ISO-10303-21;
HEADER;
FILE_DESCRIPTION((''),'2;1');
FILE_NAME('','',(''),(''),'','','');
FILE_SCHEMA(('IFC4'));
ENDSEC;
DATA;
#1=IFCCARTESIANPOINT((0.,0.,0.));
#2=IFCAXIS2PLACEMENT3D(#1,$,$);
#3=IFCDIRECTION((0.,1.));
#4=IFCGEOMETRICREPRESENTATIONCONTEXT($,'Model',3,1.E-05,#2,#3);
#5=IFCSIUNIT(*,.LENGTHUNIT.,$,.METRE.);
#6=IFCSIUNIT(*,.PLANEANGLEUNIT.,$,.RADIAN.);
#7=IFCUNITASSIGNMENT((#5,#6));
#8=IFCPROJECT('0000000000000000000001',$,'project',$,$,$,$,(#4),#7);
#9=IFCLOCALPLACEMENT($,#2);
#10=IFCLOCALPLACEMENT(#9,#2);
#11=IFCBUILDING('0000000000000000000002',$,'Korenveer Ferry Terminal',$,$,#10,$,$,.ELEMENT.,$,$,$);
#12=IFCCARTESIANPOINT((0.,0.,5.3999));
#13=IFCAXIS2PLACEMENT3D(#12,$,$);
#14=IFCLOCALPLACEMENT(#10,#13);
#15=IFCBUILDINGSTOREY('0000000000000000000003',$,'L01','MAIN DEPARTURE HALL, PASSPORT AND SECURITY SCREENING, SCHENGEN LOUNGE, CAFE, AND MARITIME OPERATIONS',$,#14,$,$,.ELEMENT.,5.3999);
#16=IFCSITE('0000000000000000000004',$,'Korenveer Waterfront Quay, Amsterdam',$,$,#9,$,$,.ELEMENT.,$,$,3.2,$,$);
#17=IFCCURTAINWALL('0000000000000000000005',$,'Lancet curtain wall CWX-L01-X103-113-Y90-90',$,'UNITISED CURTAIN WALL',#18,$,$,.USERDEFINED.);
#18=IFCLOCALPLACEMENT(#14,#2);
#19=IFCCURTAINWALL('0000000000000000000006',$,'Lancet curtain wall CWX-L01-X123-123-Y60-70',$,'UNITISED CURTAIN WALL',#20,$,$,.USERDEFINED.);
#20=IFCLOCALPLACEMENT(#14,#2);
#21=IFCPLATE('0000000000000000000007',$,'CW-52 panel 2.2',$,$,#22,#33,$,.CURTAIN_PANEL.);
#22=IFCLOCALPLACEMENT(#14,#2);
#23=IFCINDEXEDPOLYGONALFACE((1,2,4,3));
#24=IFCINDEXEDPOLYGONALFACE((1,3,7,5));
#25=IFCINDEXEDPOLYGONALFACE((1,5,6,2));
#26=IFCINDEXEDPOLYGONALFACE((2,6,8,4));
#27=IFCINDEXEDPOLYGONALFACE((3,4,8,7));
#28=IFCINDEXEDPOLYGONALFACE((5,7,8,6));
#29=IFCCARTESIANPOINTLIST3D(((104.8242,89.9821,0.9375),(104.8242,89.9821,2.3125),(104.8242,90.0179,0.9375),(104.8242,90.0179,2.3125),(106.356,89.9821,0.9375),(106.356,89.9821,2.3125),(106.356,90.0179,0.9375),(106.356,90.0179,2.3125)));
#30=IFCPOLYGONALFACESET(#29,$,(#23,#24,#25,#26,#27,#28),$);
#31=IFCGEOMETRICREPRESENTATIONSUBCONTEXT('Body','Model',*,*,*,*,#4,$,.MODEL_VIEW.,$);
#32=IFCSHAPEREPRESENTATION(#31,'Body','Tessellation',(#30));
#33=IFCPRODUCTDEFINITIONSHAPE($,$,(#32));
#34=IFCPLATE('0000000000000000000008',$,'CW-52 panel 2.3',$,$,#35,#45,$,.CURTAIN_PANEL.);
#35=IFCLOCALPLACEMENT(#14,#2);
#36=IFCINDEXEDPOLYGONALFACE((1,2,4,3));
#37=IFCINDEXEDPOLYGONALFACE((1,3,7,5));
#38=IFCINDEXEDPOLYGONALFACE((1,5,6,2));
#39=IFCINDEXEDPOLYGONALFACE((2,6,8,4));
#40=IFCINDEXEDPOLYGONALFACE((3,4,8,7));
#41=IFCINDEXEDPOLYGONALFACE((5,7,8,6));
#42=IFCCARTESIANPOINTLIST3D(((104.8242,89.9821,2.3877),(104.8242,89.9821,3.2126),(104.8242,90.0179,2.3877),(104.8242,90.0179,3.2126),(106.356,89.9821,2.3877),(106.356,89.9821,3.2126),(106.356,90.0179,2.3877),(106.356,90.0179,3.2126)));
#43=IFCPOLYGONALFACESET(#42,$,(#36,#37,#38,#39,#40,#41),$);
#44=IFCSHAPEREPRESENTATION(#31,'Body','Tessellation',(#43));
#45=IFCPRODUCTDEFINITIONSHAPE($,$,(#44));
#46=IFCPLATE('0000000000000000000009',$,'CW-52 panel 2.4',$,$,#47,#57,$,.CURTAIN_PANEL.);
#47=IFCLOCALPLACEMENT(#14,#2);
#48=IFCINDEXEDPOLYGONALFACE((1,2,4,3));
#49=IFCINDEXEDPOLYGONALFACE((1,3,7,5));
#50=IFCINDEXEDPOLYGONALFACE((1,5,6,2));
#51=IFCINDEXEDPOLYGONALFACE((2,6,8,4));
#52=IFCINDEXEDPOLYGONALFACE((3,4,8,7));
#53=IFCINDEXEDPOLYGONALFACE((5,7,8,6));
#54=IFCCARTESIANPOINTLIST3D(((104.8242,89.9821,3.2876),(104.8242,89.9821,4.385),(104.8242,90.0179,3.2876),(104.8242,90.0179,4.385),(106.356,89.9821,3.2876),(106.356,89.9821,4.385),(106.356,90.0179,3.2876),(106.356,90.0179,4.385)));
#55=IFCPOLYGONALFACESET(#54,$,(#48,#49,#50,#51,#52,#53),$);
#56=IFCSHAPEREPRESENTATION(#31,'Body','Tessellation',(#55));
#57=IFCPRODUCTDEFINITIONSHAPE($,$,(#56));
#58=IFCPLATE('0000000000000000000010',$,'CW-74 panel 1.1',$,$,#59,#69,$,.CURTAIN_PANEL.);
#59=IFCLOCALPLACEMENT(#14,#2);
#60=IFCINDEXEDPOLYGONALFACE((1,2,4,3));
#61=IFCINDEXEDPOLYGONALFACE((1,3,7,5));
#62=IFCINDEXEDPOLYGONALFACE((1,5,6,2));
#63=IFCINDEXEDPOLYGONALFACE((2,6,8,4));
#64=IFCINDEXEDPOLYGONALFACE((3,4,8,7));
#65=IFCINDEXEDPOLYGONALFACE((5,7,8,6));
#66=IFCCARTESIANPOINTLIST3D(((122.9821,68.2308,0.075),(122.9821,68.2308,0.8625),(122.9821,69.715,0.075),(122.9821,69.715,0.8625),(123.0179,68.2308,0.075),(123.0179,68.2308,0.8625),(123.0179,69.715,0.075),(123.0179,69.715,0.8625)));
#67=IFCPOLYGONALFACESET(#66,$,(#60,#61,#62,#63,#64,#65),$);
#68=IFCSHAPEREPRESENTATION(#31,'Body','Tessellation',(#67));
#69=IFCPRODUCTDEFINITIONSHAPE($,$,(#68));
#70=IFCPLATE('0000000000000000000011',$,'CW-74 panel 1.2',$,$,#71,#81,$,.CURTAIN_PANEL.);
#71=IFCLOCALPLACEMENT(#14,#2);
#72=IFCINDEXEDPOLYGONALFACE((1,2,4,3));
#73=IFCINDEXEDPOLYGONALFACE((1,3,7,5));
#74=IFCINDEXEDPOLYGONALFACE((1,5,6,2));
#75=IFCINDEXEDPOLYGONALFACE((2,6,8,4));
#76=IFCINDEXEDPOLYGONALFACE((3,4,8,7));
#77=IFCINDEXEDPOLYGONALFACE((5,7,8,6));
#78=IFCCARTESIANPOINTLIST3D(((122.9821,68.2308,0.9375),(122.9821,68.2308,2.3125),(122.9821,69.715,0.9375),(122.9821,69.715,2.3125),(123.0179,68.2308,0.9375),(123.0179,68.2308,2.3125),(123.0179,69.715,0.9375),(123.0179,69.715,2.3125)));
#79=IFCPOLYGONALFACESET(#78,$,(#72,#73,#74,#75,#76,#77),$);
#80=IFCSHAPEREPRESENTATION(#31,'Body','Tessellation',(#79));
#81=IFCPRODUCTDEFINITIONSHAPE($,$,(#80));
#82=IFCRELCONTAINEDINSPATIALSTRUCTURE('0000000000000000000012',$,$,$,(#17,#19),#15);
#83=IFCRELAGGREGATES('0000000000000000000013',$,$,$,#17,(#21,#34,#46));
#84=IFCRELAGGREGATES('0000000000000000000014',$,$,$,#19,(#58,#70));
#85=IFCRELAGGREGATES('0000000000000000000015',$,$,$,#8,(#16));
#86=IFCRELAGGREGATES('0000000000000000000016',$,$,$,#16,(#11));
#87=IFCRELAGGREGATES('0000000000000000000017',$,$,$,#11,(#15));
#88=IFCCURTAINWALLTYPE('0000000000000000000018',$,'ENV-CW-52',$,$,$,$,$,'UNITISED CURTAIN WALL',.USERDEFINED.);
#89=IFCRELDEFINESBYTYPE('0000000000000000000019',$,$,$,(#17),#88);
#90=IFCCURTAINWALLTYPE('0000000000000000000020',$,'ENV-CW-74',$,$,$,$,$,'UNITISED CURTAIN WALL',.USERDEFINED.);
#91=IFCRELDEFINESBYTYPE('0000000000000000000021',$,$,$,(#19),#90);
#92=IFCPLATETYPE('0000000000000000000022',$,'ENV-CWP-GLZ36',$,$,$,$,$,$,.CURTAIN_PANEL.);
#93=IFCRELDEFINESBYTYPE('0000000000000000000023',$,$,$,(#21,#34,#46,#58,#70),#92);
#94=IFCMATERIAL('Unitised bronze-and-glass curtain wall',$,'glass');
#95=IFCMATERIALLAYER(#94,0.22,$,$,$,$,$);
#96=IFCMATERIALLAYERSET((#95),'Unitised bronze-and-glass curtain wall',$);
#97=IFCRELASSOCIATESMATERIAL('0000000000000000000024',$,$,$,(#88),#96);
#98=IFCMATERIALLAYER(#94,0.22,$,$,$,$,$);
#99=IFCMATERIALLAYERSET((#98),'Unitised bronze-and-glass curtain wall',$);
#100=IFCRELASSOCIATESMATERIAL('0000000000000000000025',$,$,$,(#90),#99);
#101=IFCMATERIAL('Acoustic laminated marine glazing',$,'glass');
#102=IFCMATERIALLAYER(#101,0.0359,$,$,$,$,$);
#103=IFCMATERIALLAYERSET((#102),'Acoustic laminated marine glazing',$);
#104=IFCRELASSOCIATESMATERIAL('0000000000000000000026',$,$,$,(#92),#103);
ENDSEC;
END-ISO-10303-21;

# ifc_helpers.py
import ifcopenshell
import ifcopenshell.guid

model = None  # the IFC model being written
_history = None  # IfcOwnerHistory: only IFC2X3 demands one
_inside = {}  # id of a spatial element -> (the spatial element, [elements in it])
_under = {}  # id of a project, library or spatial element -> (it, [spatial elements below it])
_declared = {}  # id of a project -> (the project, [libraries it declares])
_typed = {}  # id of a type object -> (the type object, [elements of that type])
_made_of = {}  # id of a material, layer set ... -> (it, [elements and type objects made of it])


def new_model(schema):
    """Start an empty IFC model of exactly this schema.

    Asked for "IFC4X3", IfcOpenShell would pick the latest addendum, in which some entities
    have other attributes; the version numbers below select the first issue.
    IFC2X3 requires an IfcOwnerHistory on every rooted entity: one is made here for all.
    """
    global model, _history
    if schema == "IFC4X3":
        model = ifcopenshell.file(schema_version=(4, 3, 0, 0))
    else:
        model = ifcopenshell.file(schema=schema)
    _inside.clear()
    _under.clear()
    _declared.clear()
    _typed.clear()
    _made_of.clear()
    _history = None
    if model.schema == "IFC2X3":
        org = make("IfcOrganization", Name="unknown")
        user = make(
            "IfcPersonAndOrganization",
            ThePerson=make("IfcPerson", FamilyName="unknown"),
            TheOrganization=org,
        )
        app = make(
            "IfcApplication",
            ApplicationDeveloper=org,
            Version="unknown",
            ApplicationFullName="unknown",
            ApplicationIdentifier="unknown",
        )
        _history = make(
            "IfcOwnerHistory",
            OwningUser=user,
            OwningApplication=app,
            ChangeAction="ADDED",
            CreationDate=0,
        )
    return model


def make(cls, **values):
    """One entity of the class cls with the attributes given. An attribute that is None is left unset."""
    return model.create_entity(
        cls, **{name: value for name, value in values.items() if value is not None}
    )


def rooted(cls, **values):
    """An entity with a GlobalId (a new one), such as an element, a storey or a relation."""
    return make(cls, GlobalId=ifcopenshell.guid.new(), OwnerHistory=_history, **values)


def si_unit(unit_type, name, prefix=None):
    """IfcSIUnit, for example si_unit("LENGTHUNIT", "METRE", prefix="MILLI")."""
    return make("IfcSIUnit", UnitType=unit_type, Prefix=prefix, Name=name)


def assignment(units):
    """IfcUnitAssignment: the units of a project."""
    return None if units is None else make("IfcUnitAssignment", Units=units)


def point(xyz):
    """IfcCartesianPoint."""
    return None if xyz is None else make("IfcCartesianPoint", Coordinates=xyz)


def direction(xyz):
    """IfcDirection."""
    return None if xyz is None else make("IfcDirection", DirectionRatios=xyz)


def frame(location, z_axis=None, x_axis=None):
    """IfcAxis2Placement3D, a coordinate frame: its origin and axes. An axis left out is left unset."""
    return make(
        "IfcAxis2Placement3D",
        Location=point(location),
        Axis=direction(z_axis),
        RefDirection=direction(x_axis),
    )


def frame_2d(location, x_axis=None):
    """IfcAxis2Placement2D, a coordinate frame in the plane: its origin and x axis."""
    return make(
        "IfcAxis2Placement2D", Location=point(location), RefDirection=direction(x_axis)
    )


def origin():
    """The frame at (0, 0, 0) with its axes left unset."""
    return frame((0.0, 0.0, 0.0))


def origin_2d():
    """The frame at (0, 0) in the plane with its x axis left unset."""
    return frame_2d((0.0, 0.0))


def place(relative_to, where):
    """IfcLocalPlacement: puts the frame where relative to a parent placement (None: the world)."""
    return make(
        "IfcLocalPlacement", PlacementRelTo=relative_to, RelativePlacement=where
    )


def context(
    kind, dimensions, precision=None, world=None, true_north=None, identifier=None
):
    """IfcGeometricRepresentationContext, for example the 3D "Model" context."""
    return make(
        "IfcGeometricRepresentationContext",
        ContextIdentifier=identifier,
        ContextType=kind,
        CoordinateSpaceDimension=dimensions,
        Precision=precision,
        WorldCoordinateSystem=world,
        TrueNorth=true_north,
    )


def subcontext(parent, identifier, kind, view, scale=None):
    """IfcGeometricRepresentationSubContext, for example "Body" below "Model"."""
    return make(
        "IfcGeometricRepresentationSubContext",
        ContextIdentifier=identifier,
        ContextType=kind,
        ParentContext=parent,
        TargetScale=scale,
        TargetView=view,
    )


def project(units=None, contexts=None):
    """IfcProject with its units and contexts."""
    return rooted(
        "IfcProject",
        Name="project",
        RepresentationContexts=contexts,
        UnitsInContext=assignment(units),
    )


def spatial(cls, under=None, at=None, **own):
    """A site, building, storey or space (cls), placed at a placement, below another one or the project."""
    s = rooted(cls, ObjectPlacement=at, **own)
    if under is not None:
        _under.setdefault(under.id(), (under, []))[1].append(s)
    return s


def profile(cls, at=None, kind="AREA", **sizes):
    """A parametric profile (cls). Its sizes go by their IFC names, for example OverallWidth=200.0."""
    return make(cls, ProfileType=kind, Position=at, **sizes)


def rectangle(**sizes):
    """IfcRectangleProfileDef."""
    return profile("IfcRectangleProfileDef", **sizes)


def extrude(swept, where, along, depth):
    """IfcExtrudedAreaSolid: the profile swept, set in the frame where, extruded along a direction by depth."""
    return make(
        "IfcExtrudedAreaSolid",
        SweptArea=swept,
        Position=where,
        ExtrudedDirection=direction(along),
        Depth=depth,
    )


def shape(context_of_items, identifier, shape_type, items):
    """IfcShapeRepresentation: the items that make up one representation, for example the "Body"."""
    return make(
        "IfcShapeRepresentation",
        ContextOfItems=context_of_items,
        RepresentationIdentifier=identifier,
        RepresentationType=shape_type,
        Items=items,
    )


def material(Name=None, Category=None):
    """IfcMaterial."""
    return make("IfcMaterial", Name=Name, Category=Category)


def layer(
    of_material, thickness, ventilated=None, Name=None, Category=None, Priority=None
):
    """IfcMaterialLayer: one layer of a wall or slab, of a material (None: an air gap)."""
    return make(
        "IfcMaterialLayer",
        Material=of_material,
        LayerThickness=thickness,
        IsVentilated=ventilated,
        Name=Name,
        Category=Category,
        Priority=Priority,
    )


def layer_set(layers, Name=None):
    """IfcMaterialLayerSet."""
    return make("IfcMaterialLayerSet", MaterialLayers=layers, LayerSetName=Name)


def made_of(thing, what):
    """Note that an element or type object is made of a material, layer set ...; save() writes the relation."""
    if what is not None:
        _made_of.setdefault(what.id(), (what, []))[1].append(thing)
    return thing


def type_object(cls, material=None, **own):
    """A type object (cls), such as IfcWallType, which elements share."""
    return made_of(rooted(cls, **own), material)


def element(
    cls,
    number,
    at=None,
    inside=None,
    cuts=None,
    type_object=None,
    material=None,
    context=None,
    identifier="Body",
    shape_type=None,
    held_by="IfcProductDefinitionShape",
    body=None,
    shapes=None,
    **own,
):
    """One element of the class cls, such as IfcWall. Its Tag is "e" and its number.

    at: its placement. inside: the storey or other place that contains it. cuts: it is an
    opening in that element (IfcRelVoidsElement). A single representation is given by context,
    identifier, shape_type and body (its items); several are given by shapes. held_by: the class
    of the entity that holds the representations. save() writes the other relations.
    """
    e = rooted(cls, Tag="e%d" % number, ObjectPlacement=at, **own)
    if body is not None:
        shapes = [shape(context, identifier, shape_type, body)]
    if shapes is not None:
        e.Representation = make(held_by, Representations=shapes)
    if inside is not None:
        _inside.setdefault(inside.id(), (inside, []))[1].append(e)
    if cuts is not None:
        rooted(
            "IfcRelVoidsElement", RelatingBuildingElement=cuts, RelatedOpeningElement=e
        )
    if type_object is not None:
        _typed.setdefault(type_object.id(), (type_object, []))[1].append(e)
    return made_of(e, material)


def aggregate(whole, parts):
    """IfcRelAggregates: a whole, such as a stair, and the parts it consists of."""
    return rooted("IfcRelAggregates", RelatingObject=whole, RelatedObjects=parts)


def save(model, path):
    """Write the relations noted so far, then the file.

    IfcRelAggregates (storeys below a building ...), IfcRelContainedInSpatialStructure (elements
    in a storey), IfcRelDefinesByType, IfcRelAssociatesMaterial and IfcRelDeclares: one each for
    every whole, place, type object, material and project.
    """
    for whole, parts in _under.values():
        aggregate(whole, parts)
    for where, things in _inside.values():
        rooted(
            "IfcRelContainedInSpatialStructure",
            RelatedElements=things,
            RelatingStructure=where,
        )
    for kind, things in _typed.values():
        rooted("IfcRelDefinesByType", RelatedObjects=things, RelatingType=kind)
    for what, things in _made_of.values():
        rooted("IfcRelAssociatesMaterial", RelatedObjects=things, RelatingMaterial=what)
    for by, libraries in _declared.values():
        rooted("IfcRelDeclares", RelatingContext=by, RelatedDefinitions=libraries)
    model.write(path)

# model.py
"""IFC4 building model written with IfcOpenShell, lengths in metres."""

from ifc_helpers import new_model, si_unit, direction, frame, origin, origin_2d, place, context, subcontext, project, spatial, rectangle, extrude, material, layer, layer_set, type_object, element, aggregate, save


model = new_model("IFC4")

# Units and contexts
model_context = context("Model", 3, precision=1e-05, world=origin(), true_north=direction((0.0, 1.0)))
body_context = subcontext(model_context, "Body", "Model", "MODEL_VIEW")
ifc_project = project(units=[si_unit("LENGTHUNIT", "METRE"), si_unit("PLANEANGLEUNIT", "RADIAN")], contexts=[model_context])

# Site, building, storey
site_placement = place(None, origin())
site = spatial("IfcSite", under=ifc_project, at=site_placement, Name="Korenveer Waterfront Quay, Amsterdam", CompositionType="ELEMENT", RefElevation=3.2)
building_placement = place(site_placement, origin())
building = spatial("IfcBuilding", under=site, at=building_placement, Name="Korenveer Ferry Terminal", CompositionType="ELEMENT")
storey_placement = place(building_placement, frame((0.0, 0.0, 5.3999)))
storey = spatial("IfcBuildingStorey", under=building, at=storey_placement, Name="L01", Description="MAIN DEPARTURE HALL, PASSPORT AND SECURITY SCREENING, SCHENGEN LOUNGE, CAFE, AND MARITIME OPERATIONS", CompositionType="ELEMENT", Elevation=5.3999)

# Shared definitions
ifc_material_1 = material(Name="Unitised bronze-and-glass curtain wall", Category="glass")

# Curtain wall
ifc_layer_1 = layer(ifc_material_1, 0.22)
ifc_layer_set_1 = layer_set([ifc_layer_1], Name="Unitised bronze-and-glass curtain wall")
curtain_wall_type_1 = type_object("IfcCurtainWallType", Name="ENV-CW-52", ElementType="UNITISED CURTAIN WALL", PredefinedType="USERDEFINED", material=ifc_layer_set_1)
curtain_wall_1_placement = place(storey_placement, frame((103.1799, 90.0, 0.0)))
curtain_wall_1 = element("IfcCurtainWall", 1, at=curtain_wall_1_placement, inside=storey, type_object=curtain_wall_type_1, Name="Lancet curtain wall CWX-L01-X103-113-Y90-90", ObjectType="UNITISED CURTAIN WALL", PredefinedType="USERDEFINED")

# Curtain wall
ifc_layer_2 = layer(ifc_material_1, 0.22)
ifc_layer_set_2 = layer_set([ifc_layer_2], Name="Unitised bronze-and-glass curtain wall")
curtain_wall_type_2 = type_object("IfcCurtainWallType", Name="ENV-CW-74", ElementType="UNITISED CURTAIN WALL", PredefinedType="USERDEFINED", material=ifc_layer_set_2)
curtain_wall_2_placement = place(storey_placement, frame((123.0, 69.79, 0.0)))
curtain_wall_2 = element("IfcCurtainWall", 2, at=curtain_wall_2_placement, inside=storey, type_object=curtain_wall_type_2, Name="Lancet curtain wall CWX-L01-X123-123-Y60-70", ObjectType="UNITISED CURTAIN WALL", PredefinedType="USERDEFINED")

# Plates
ifc_material_2 = material(Name="Acoustic laminated marine glazing", Category="glass")
ifc_layer_3 = layer(ifc_material_2, 0.0359)
ifc_layer_set_3 = layer_set([ifc_layer_3], Name="Acoustic laminated marine glazing")
plate_type = type_object("IfcPlateType", Name="ENV-CWP-GLZ36", PredefinedType="CURTAIN_PANEL", material=ifc_layer_set_3)
plate_1_placement = place(storey_placement, frame((105.5901, 90.0, 0.9375), z_axis=(0.0, 0.0, 1.0), x_axis=(1.0, 0.0, 0.0)))
plate_1 = element("IfcPlate", 3, at=plate_1_placement, type_object=plate_type, Name="CW-52 panel 2.2", PredefinedType="CURTAIN_PANEL", context=body_context, shape_type="SweptSolid", body=[
    extrude(rectangle(XDim=1.5317, YDim=0.0359, at=origin_2d()), origin(), (0.0, 0.0, 1.0), 1.375),
])
plate_2_placement = place(storey_placement, frame((105.5901, 90.0, 2.3877), z_axis=(0.0, 0.0, 1.0), x_axis=(1.0, 0.0, 0.0)))
plate_2 = element("IfcPlate", 4, at=plate_2_placement, type_object=plate_type, Name="CW-52 panel 2.3", PredefinedType="CURTAIN_PANEL", context=body_context, shape_type="SweptSolid", body=[
    extrude(rectangle(XDim=1.5317, YDim=0.0359, at=origin_2d()), origin(), (0.0, 0.0, 1.0), 0.825),
])
plate_3_placement = place(storey_placement, frame((105.5901, 90.0, 3.2876), z_axis=(0.0, 0.0, 1.0), x_axis=(1.0, 0.0, 0.0)))
plate_3 = element("IfcPlate", 5, at=plate_3_placement, type_object=plate_type, Name="CW-52 panel 2.4", PredefinedType="CURTAIN_PANEL", context=body_context, shape_type="SweptSolid", body=[
    extrude(rectangle(XDim=1.5317, YDim=0.0359, at=origin_2d()), origin(), (0.0, 0.0, 1.0), 1.0974),
])
aggregate(curtain_wall_1, [plate_1, plate_2, plate_3])
plate_4_placement = place(storey_placement, frame((123.0, 68.9729, 0.075), z_axis=(0.0, 0.0, 1.0), x_axis=(0.0, -1.0, 0.0)))
plate_4 = element("IfcPlate", 6, at=plate_4_placement, type_object=plate_type, Name="CW-74 panel 1.1", PredefinedType="CURTAIN_PANEL", context=body_context, shape_type="SweptSolid", body=[
    extrude(rectangle(XDim=1.4841, YDim=0.0359, at=origin_2d()), origin(), (0.0, 0.0, 1.0), 0.7876),
])
plate_5_placement = place(storey_placement, frame((123.0, 68.9729, 0.9375), z_axis=(0.0, 0.0, 1.0), x_axis=(0.0, -1.0, 0.0)))
plate_5 = element("IfcPlate", 7, at=plate_5_placement, type_object=plate_type, Name="CW-74 panel 1.2", PredefinedType="CURTAIN_PANEL", context=body_context, shape_type="SweptSolid", body=[
    extrude(rectangle(XDim=1.4841, YDim=0.0359, at=origin_2d()), origin(), (0.0, 0.0, 1.0), 1.375),
])
aggregate(curtain_wall_2, [plate_4, plate_5])

save(model, "model.ifc")
